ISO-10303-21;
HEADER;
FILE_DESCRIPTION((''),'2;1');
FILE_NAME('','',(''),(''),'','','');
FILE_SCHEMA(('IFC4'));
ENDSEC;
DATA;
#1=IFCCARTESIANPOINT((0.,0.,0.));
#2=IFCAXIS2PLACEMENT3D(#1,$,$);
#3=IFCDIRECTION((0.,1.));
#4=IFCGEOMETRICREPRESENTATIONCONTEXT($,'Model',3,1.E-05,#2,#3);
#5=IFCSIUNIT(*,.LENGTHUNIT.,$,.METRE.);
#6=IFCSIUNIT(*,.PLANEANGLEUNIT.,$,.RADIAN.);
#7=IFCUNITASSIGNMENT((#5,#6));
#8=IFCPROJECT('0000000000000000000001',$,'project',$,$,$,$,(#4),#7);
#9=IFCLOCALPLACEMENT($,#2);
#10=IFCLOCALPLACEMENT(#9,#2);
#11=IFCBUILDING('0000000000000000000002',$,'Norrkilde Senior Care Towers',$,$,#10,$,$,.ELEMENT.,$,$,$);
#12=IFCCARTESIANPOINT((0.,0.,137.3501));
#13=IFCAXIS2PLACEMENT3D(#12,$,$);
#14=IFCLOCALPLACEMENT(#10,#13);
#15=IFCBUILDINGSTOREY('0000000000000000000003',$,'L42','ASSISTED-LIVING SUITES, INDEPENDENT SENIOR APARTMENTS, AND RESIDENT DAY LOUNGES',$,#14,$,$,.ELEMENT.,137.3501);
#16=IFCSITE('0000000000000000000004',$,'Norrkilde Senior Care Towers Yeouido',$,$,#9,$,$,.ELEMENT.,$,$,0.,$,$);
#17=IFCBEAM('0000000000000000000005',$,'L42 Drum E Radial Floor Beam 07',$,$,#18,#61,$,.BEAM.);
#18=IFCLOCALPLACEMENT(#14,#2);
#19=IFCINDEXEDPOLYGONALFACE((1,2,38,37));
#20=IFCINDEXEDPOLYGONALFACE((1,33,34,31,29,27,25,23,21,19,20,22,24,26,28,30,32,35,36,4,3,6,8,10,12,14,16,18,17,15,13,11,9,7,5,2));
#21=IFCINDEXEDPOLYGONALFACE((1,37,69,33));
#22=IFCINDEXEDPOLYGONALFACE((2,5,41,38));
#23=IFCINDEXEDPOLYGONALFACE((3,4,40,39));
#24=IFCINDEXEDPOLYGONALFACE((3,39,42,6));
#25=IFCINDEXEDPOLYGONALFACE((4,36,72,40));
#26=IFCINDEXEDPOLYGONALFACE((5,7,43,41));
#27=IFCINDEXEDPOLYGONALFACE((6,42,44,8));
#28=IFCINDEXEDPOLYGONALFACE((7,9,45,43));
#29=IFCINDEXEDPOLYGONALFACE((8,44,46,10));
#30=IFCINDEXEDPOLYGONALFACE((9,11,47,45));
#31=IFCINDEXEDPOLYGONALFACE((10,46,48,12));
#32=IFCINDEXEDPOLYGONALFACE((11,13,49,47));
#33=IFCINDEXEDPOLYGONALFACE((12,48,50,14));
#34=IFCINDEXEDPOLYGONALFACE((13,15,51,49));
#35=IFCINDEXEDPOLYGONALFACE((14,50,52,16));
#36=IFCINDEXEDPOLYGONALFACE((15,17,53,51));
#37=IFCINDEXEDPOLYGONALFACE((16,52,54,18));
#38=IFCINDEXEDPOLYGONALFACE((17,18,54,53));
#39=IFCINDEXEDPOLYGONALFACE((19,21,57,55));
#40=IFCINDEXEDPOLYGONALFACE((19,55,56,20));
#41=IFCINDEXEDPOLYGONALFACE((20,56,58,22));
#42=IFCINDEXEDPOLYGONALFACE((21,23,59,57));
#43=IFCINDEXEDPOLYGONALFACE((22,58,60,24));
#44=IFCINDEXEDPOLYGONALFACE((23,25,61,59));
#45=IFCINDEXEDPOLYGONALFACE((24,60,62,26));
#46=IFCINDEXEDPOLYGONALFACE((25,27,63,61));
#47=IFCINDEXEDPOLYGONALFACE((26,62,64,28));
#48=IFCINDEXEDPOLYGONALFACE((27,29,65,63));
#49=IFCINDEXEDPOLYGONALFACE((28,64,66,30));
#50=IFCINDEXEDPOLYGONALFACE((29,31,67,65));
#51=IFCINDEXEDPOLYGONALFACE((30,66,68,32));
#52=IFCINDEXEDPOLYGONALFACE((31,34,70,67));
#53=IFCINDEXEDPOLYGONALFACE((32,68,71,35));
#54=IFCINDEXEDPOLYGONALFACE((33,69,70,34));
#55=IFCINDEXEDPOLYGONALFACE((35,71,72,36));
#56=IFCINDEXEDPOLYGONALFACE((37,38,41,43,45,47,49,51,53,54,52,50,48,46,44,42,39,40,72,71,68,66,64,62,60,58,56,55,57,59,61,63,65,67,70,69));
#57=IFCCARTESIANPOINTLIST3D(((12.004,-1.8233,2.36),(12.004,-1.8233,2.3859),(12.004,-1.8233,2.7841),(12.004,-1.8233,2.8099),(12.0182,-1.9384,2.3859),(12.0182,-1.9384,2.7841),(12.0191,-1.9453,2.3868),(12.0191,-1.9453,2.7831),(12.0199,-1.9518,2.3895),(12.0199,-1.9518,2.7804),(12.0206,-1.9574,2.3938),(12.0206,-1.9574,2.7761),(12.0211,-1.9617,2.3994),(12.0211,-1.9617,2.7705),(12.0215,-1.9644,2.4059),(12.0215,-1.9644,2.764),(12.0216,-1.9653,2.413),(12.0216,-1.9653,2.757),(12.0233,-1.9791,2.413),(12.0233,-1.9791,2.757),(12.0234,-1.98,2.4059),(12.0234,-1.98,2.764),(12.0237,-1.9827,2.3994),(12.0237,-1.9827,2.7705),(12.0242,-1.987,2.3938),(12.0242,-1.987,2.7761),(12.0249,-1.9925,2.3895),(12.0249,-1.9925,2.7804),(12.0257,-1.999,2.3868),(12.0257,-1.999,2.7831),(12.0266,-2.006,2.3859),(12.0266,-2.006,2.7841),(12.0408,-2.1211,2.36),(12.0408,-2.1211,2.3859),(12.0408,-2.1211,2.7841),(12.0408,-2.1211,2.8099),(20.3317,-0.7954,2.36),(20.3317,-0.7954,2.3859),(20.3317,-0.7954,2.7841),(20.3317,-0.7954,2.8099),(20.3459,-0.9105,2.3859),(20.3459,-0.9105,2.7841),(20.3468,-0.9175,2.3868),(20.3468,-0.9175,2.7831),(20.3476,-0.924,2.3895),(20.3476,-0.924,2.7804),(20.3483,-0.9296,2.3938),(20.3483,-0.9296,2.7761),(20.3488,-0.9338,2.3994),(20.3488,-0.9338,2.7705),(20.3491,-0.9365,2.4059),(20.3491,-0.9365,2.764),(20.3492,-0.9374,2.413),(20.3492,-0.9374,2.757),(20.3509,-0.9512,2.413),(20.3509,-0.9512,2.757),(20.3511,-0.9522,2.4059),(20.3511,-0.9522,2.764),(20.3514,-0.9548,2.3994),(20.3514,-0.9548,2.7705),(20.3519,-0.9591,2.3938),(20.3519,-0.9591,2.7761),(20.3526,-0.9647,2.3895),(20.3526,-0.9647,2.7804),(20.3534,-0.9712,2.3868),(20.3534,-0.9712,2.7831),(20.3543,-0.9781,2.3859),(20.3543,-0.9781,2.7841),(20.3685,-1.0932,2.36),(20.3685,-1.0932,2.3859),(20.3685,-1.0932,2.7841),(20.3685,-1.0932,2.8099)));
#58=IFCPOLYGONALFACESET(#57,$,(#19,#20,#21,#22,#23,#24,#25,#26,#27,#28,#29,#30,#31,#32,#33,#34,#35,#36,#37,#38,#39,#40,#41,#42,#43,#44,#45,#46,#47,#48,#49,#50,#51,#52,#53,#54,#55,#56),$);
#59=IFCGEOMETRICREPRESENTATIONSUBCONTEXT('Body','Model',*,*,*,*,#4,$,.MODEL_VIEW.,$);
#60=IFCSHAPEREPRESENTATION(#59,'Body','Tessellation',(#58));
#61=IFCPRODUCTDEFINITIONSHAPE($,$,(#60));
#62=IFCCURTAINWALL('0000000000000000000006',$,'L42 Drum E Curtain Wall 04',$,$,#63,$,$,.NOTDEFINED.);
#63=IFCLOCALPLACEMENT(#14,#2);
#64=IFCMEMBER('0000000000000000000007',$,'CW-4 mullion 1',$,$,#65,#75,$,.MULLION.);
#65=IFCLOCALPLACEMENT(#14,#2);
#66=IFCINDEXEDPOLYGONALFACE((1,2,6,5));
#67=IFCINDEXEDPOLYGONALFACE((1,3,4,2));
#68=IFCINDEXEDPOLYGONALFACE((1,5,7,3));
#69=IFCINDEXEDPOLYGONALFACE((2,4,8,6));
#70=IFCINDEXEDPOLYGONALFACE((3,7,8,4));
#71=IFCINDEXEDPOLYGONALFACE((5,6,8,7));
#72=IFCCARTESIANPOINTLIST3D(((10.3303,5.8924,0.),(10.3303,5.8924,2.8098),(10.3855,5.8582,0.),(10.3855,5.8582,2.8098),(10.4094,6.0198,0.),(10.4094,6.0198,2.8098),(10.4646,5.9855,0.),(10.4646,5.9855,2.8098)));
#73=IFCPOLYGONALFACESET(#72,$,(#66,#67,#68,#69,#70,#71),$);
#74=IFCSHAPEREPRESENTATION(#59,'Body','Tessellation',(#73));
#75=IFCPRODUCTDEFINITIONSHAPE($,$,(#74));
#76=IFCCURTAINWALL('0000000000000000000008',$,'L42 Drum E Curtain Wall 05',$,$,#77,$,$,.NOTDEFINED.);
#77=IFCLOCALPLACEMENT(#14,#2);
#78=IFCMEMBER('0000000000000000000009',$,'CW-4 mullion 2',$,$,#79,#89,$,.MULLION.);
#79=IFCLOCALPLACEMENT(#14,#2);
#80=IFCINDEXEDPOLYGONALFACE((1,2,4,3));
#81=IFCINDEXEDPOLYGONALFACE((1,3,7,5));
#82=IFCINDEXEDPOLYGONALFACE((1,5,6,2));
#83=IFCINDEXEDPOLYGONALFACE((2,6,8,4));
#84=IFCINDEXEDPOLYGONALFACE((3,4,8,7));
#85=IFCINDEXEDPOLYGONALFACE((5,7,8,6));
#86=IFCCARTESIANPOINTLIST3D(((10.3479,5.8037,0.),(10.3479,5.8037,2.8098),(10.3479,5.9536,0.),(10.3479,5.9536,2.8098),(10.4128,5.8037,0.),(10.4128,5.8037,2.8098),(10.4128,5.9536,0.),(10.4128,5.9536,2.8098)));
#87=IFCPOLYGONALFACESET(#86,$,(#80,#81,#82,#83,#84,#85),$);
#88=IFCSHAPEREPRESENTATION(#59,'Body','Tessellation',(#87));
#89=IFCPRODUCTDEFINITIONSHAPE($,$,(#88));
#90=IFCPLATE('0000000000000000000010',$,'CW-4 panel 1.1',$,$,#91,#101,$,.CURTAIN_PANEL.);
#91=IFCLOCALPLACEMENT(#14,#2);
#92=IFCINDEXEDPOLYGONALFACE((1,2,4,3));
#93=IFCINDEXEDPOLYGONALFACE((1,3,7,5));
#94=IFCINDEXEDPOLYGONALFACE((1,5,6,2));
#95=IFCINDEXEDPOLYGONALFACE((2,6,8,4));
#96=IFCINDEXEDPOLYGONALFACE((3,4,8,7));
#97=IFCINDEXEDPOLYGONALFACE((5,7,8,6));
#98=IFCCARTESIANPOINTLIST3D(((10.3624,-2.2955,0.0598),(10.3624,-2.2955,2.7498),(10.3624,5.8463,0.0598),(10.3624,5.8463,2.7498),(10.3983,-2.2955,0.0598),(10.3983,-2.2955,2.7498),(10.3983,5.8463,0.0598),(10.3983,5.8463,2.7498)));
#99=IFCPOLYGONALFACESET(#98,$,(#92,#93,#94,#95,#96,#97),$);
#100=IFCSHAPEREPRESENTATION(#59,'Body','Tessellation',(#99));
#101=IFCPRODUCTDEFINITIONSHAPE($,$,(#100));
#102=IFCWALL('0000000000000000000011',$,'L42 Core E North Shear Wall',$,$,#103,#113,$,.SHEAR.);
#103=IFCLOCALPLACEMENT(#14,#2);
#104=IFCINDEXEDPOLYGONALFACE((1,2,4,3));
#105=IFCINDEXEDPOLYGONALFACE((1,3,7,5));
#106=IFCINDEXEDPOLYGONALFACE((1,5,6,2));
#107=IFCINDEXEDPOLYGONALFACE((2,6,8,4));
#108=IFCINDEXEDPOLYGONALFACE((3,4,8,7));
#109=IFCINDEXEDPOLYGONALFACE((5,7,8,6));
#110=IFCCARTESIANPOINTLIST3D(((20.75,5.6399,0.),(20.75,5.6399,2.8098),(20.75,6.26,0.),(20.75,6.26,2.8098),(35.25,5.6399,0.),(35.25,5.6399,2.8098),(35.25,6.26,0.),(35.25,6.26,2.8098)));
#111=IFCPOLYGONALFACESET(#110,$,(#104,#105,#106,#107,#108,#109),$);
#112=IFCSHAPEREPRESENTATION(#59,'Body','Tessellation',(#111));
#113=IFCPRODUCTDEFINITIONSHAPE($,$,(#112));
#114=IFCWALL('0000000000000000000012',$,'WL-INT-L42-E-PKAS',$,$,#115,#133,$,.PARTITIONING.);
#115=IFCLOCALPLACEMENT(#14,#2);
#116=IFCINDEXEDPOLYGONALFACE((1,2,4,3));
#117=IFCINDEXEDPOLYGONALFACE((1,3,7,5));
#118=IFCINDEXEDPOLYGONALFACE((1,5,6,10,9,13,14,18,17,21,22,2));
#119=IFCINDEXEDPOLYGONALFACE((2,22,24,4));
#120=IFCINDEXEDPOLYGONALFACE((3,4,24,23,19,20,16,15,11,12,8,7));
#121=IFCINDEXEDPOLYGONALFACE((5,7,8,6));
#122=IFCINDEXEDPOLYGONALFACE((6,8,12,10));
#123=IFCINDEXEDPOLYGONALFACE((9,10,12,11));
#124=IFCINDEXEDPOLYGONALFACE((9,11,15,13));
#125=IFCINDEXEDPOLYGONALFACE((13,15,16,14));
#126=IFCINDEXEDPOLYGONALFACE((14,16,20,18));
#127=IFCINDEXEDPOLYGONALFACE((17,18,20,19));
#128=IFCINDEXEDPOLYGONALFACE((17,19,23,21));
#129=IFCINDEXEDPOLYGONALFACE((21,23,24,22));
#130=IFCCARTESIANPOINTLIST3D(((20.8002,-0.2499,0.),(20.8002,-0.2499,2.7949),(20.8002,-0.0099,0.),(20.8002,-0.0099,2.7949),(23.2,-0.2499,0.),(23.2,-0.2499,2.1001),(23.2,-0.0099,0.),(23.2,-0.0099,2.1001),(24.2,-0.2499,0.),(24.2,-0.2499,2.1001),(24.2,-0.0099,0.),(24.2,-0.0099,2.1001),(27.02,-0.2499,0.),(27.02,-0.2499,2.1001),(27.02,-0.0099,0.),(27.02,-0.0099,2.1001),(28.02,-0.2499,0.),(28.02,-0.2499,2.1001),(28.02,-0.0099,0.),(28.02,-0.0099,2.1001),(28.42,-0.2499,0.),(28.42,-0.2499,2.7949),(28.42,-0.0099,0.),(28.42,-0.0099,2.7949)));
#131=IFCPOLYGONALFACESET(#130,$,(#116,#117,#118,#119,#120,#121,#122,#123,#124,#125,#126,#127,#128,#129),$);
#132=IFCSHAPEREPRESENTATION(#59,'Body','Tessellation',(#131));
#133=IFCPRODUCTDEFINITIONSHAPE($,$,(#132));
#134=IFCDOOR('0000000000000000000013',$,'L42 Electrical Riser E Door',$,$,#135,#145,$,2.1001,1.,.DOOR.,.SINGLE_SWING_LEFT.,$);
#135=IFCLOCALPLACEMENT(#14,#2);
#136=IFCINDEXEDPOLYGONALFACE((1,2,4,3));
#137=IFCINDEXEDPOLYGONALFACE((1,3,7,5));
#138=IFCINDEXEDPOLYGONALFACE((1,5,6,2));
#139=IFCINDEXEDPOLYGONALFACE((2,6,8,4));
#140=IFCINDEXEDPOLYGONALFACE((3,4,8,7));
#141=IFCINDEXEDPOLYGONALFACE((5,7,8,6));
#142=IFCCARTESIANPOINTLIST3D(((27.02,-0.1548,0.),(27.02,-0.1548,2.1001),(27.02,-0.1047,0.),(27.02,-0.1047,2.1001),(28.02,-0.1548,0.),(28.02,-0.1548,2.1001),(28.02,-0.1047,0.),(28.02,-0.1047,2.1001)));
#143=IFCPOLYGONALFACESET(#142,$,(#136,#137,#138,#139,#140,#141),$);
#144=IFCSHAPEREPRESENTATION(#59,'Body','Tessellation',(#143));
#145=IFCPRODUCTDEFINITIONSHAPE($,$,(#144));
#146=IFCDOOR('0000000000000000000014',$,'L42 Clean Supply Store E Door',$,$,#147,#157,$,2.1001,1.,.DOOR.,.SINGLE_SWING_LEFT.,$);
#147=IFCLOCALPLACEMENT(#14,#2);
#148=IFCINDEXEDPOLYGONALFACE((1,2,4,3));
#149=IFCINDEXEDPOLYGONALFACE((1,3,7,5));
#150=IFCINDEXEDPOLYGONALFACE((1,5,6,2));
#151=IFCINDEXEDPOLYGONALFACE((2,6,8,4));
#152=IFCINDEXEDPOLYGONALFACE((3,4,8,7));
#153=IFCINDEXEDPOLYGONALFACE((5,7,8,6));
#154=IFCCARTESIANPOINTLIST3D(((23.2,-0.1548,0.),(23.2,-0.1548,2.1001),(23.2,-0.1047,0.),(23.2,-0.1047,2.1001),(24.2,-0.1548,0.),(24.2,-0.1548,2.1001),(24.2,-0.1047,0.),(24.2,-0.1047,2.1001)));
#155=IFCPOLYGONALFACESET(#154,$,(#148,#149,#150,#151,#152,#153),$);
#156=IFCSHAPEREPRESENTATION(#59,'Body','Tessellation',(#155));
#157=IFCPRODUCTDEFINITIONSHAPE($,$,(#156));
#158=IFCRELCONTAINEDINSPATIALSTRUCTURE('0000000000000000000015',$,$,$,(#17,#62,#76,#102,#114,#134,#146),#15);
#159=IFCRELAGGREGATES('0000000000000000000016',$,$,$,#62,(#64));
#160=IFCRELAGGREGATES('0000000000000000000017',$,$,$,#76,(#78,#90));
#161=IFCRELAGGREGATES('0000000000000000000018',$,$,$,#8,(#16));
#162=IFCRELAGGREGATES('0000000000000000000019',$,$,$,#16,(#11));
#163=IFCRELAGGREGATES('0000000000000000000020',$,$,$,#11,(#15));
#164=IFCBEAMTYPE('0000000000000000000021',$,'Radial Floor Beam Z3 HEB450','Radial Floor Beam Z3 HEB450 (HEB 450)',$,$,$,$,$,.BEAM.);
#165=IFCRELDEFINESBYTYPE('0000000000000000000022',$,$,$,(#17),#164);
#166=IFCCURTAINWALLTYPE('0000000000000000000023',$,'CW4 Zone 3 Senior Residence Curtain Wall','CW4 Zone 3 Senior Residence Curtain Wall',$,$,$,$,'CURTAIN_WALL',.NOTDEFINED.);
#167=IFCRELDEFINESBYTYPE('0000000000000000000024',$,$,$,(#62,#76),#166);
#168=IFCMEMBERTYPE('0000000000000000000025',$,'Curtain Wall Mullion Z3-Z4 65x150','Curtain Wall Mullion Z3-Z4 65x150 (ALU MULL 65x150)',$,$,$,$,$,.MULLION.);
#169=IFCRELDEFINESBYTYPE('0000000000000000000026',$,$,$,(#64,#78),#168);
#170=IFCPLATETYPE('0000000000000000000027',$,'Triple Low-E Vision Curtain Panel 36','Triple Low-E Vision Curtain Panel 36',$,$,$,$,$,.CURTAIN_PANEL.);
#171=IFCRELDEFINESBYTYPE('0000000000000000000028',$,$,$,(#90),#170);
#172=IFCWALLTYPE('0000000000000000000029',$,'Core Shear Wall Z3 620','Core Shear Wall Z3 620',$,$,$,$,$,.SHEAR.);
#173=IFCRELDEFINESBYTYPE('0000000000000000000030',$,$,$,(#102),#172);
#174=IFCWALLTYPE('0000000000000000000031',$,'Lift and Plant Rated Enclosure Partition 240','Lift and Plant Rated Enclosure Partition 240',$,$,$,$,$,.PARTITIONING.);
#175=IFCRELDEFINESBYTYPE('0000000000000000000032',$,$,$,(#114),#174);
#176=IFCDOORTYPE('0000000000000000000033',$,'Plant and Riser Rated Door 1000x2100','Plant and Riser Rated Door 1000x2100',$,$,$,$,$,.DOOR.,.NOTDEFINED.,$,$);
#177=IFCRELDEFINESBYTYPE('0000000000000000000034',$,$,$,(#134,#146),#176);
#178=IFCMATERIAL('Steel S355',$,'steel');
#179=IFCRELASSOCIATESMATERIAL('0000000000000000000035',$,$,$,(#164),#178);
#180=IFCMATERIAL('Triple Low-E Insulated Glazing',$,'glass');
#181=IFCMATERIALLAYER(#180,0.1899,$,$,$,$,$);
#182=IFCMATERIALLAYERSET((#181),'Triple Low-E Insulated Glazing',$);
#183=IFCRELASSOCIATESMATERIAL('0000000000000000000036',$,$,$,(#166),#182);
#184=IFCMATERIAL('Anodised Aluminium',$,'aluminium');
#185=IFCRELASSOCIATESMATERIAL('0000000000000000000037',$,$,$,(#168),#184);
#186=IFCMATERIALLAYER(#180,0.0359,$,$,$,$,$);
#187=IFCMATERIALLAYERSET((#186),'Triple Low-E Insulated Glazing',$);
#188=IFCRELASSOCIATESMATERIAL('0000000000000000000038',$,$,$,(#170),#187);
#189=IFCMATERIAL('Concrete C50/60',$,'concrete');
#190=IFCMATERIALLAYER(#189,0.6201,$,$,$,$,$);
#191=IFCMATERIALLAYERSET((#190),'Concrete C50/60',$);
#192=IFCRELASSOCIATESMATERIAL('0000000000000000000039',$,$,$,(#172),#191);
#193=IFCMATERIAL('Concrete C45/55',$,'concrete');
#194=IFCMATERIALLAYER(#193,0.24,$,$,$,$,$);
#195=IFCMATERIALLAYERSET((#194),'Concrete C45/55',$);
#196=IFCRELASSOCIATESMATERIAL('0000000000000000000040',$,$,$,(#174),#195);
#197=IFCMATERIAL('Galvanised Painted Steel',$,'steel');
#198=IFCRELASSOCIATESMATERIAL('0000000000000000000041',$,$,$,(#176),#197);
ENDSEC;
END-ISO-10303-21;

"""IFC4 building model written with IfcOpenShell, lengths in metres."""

from ifc_helpers import new_model, si_unit, direction, frame, frame_2d, origin, origin_2d, place, context, subcontext, project, spatial, rectangle, i_section, extrude, source, transform, mapped, material, layer, layer_set, material_profile, profile_set, type_object, type_shapes, element, fill, aggregate, save


model = new_model("IFC4")

# Units and contexts
model_context = context("Model", 3, precision=1e-05, world=origin(), true_north=direction((0.0, 1.0)))
body_context = subcontext(model_context, "Body", "Model", "MODEL_VIEW")
ifc_project = project(units=[si_unit("LENGTHUNIT", "METRE"), si_unit("PLANEANGLEUNIT", "RADIAN")], contexts=[model_context])

# Site, building, storey
site_placement = place(None, origin())
site = spatial("IfcSite", under=ifc_project, at=site_placement, Name="Norrkilde Senior Care Towers Yeouido", CompositionType="ELEMENT", RefElevation=0.0)
building_placement = place(site_placement, origin())
building = spatial("IfcBuilding", under=site, at=building_placement, Name="Norrkilde Senior Care Towers", CompositionType="ELEMENT")
storey_placement = place(building_placement, frame((0.0, 0.0, 137.3501)))
storey = spatial("IfcBuildingStorey", under=building, at=storey_placement, Name="L42", Description="ASSISTED-LIVING SUITES, INDEPENDENT SENIOR APARTMENTS, AND RESIDENT DAY LOUNGES", CompositionType="ELEMENT", Elevation=137.3501)

# Shared definitions
ifc_material_1 = material(Name="Concrete C50/60", Category="concrete")

# Beam
ifc_material_2 = material(Name="Steel S355", Category="steel")
ifc_material_profile_1 = material_profile(ifc_material_2, i_section(OverallWidth=0.3, OverallDepth=0.45, WebThickness=0.0139, FlangeThickness=0.0259, FilletRadius=0.0271, at=origin_2d()), Name="HEB 450")
ifc_profile_set_1 = profile_set([ifc_material_profile_1], Name="Steel S355")
beam_type_1 = type_object("IfcBeamType", Name="Radial Floor Beam Z3 HEB450", Description="Radial Floor Beam Z3 HEB450 (HEB 450)", PredefinedType="BEAM", material=ifc_profile_set_1)
shared_shape_1 = source(origin(), body_context, "Body", "SweptSolid", [
    extrude(i_section(OverallWidth=0.3, OverallDepth=0.45, WebThickness=0.0139, FlangeThickness=0.0259, FilletRadius=0.0271, at=origin_2d()), origin(), (0.0, 0.0, 1.0), 8.3909),
])
beam_1_placement = place(storey_placement, frame((20.3501, -0.9443, 2.585), z_axis=(-0.992469, -0.122495, 0.0), x_axis=(0.122495, -0.992469, 0.0)))
element("IfcBeam", 1, at=beam_1_placement, inside=storey, type_object=beam_type_1, Name="L42 Drum E Radial Floor Beam 07", PredefinedType="BEAM", context=body_context, shape_type="MappedRepresentation", body=[
    mapped(shared_shape_1, transform((0.0, 0.0, 0.0), x_axis=(1.0, 0.0, 0.0), y_axis=(0.0, 1.0, 0.0), z_axis=(0.0, 0.0, 1.0), scale=1.0)),
])

# Curtain wall, member
ifc_material_3 = material(Name="Triple Low-E Insulated Glazing", Category="glass")
ifc_layer_1 = layer(ifc_material_3, 0.1899)
ifc_layer_set_1 = layer_set([ifc_layer_1], Name="Triple Low-E Insulated Glazing")
curtain_wall_type = type_object("IfcCurtainWallType", Name="CW4 Zone 3 Senior Residence Curtain Wall", Description="CW4 Zone 3 Senior Residence Curtain Wall", ElementType="CURTAIN_WALL", PredefinedType="NOTDEFINED", material=ifc_layer_set_1)
curtain_wall_1_placement = place(storey_placement, origin())
curtain_wall_1 = element("IfcCurtainWall", 2, at=curtain_wall_1_placement, inside=storey, type_object=curtain_wall_type, Name="L42 Drum E Curtain Wall 04", PredefinedType="NOTDEFINED")
ifc_material_4 = material(Name="Anodised Aluminium", Category="aluminium")
ifc_material_profile_2 = material_profile(ifc_material_4, rectangle(XDim=0.0649, YDim=0.1499, at=origin_2d()), Name="ALU MULL 65x150")
ifc_profile_set_2 = profile_set([ifc_material_profile_2], Name="Anodised Aluminium")
member_type = type_object("IfcMemberType", Name="Curtain Wall Mullion Z3-Z4 65x150", Description="Curtain Wall Mullion Z3-Z4 65x150 (ALU MULL 65x150)", PredefinedType="MULLION", material=ifc_profile_set_2)
shared_shape_2 = source(origin(), body_context, "Body", "SweptSolid", [
    extrude(rectangle(XDim=0.0649, YDim=0.1499, at=origin_2d()), origin(), (0.0, 0.0, 1.0), 2.8098),
])
type_shapes(member_type, [shared_shape_2])
member_1_placement = place(storey_placement, frame((10.3975, 5.939, 0.0), z_axis=(0.0, 0.0, 1.0), x_axis=(-0.849634, 0.527373, 0.0)))
member_1 = element("IfcMember", 3, at=member_1_placement, type_object=member_type, Name="CW-4 mullion 1", PredefinedType="MULLION", context=body_context, shape_type="MappedRepresentation", body=[
    mapped(shared_shape_2, transform((0.0, 0.0, 0.0), x_axis=(1.0, 0.0, 0.0), y_axis=(0.0, 1.0, 0.0), z_axis=(0.0, 0.0, 1.0), scale=1.0)),
])
aggregate(curtain_wall_1, [member_1])

# Curtain wall, member, plate
curtain_wall_2_placement = place(storey_placement, origin())
curtain_wall_2 = element("IfcCurtainWall", 4, at=curtain_wall_2_placement, inside=storey, type_object=curtain_wall_type, Name="L42 Drum E Curtain Wall 05", PredefinedType="NOTDEFINED")
member_2_placement = place(storey_placement, frame((10.3804, 5.8787, 0.0), z_axis=(0.0, 0.0, 1.0), x_axis=(-1.0, 0.0, 0.0)))
member_2 = element("IfcMember", 5, at=member_2_placement, type_object=member_type, Name="CW-4 mullion 2", PredefinedType="MULLION", context=body_context, shape_type="MappedRepresentation", body=[
    mapped(shared_shape_2, transform((0.0, 0.0, 0.0), x_axis=(1.0, 0.0, 0.0), y_axis=(0.0, 1.0, 0.0), z_axis=(0.0, 0.0, 1.0), scale=1.0)),
])
ifc_layer_2 = layer(ifc_material_3, 0.0359)
ifc_layer_set_2 = layer_set([ifc_layer_2], Name="Triple Low-E Insulated Glazing")
plate_type = type_object("IfcPlateType", Name="Triple Low-E Vision Curtain Panel 36", Description="Triple Low-E Vision Curtain Panel 36", PredefinedType="CURTAIN_PANEL", material=ifc_layer_set_2)
shared_shape_3 = source(origin(), body_context, "Body", "SweptSolid", [
    extrude(rectangle(XDim=8.1418, YDim=0.0359, at=origin_2d()), origin(), (0.0, 0.0, 1.0), 2.6899),
])
type_shapes(plate_type, [shared_shape_3])
plate_placement = place(storey_placement, frame((10.3804, 1.7754, 0.0598), z_axis=(0.0, 0.0, 1.0), x_axis=(0.0, 1.0, 0.0)))
plate = element("IfcPlate", 6, at=plate_placement, type_object=plate_type, Name="CW-4 panel 1.1", PredefinedType="CURTAIN_PANEL", context=body_context, shape_type="MappedRepresentation", body=[
    mapped(shared_shape_3, transform((0.0, 0.0, 0.0), x_axis=(1.0, 0.0, 0.0), y_axis=(0.0, 1.0, 0.0), z_axis=(0.0, 0.0, 1.0), scale=1.0)),
])
aggregate(curtain_wall_2, [member_2, plate])

# Wall
ifc_layer_3 = layer(ifc_material_1, 0.6201)
ifc_layer_set_3 = layer_set([ifc_layer_3], Name="Concrete C50/60")
wall_type_1 = type_object("IfcWallType", Name="Core Shear Wall Z3 620", Description="Core Shear Wall Z3 620", PredefinedType="SHEAR", material=ifc_layer_set_3)
shared_shape_4 = source(origin(), body_context, "Body", "SweptSolid", [
    extrude(rectangle(XDim=14.5, YDim=0.6201, at=frame_2d((7.25, 0.0))), origin(), (0.0, 0.0, 1.0), 2.8098),
])
type_shapes(wall_type_1, [shared_shape_4])
wall_1_placement = place(storey_placement, frame((20.75, 5.95, 0.0), z_axis=(0.0, 0.0, 1.0), x_axis=(1.0, 0.0, 0.0)))
element("IfcWall", 7, at=wall_1_placement, inside=storey, type_object=wall_type_1, Name="L42 Core E North Shear Wall", PredefinedType="SHEAR", context=body_context, shape_type="MappedRepresentation", body=[
    mapped(shared_shape_4, transform((0.0, 0.0, 0.0), x_axis=(1.0, 0.0, 0.0), y_axis=(0.0, 1.0, 0.0), z_axis=(0.0, 0.0, 1.0), scale=1.0)),
])

# Wall, openings, doors
ifc_material_5 = material(Name="Concrete C45/55", Category="concrete")
ifc_layer_4 = layer(ifc_material_5, 0.24)
ifc_layer_set_4 = layer_set([ifc_layer_4], Name="Concrete C45/55")
wall_type_2 = type_object("IfcWallType", Name="Lift and Plant Rated Enclosure Partition 240", Description="Lift and Plant Rated Enclosure Partition 240", PredefinedType="PARTITIONING", material=ifc_layer_set_4)
shared_shape_5 = source(origin(), body_context, "Body", "SweptSolid", [
    extrude(rectangle(XDim=7.6199, YDim=0.24, at=frame_2d((3.8101, 0.0))), origin(), (0.0, 0.0, 1.0), 2.7949),
])
type_shapes(wall_type_2, [shared_shape_5])
wall_2_placement = place(storey_placement, frame((20.8, -0.1299, 0.0), z_axis=(0.0, 0.0, 1.0), x_axis=(1.0, 0.0, 0.0)))
wall_2 = element("IfcWall", 8, at=wall_2_placement, inside=storey, type_object=wall_type_2, Name="WL-INT-L42-E-PKAS", PredefinedType="PARTITIONING", context=body_context, shape_type="MappedRepresentation", body=[
    mapped(shared_shape_5, transform((0.0, 0.0, 0.0), x_axis=(1.0, 0.0, 0.0), y_axis=(0.0, 1.0, 0.0), z_axis=(0.0, 0.0, 1.0), scale=1.0)),
])
opening_1_placement = place(wall_2_placement, frame((6.22, 0.0, 0.0)))
opening_1 = element("IfcOpeningElement", 9, at=opening_1_placement, cuts=wall_2, PredefinedType="OPENING", context=body_context, shape_type="SweptSolid", body=[
    extrude(rectangle(XDim=1.0, YDim=2.1001, at=frame_2d((0.5, 1.05))), frame((0.0, 0.1299, 0.0), z_axis=(0.0, -1.0, 0.0), x_axis=(1.0, 0.0, 0.0)), (0.0, 0.0, 1.0), 0.26),
])
opening_2_placement = place(wall_2_placement, frame((2.3999, 0.0, 0.0)))
opening_2 = element("IfcOpeningElement", 10, at=opening_2_placement, cuts=wall_2, PredefinedType="OPENING", context=body_context, shape_type="SweptSolid", body=[
    extrude(rectangle(XDim=1.0, YDim=2.1001, at=frame_2d((0.5, 1.05))), frame((0.0, 0.1299, 0.0), z_axis=(0.0, -1.0, 0.0), x_axis=(1.0, 0.0, 0.0)), (0.0, 0.0, 1.0), 0.26),
])
ifc_material_6 = material(Name="Galvanised Painted Steel", Category="steel")
door_type = type_object("IfcDoorType", Name="Plant and Riser Rated Door 1000x2100", Description="Plant and Riser Rated Door 1000x2100", OperationType="NOTDEFINED", PredefinedType="DOOR", material=ifc_material_6)
shared_shape_6 = source(origin(), body_context, "Body", "SweptSolid", [
    extrude(rectangle(XDim=1.0, YDim=2.1001, at=frame_2d((0.5, 1.05))), frame((0.0, 0.0249, 0.0), z_axis=(0.0, -1.0, 0.0), x_axis=(1.0, 0.0, 0.0)), (0.0, 0.0, 1.0), 0.05),
])
type_shapes(door_type, [shared_shape_6])
door_1_placement = place(opening_1_placement, frame((1.0, 0.0, 0.0), z_axis=(0.0, 0.0, 1.0), x_axis=(-1.0, 0.0, 0.0)))
door_1 = element("IfcDoor", 11, at=door_1_placement, inside=storey, type_object=door_type, Name="L42 Electrical Riser E Door", OperationType="SINGLE_SWING_LEFT", OverallHeight=2.1001, OverallWidth=1.0, PredefinedType="DOOR", context=body_context, shape_type="MappedRepresentation", body=[
    mapped(shared_shape_6, transform((0.0, 0.0, 0.0), x_axis=(1.0, 0.0, 0.0), y_axis=(0.0, 1.0, 0.0), z_axis=(0.0, 0.0, 1.0), scale=1.0)),
])
fill(opening_1, door_1)
door_2_placement = place(opening_2_placement, frame((1.0, 0.0, 0.0), z_axis=(0.0, 0.0, 1.0), x_axis=(-1.0, 0.0, 0.0)))
door_2 = element("IfcDoor", 12, at=door_2_placement, inside=storey, type_object=door_type, Name="L42 Clean Supply Store E Door", OperationType="SINGLE_SWING_LEFT", OverallHeight=2.1001, OverallWidth=1.0, PredefinedType="DOOR", context=body_context, shape_type="MappedRepresentation", body=[
    mapped(shared_shape_6, transform((0.0, 0.0, 0.0), x_axis=(1.0, 0.0, 0.0), y_axis=(0.0, 1.0, 0.0), z_axis=(0.0, 0.0, 1.0), scale=1.0)),
])
fill(opening_2, door_2)

save(model, "model.ifc")
